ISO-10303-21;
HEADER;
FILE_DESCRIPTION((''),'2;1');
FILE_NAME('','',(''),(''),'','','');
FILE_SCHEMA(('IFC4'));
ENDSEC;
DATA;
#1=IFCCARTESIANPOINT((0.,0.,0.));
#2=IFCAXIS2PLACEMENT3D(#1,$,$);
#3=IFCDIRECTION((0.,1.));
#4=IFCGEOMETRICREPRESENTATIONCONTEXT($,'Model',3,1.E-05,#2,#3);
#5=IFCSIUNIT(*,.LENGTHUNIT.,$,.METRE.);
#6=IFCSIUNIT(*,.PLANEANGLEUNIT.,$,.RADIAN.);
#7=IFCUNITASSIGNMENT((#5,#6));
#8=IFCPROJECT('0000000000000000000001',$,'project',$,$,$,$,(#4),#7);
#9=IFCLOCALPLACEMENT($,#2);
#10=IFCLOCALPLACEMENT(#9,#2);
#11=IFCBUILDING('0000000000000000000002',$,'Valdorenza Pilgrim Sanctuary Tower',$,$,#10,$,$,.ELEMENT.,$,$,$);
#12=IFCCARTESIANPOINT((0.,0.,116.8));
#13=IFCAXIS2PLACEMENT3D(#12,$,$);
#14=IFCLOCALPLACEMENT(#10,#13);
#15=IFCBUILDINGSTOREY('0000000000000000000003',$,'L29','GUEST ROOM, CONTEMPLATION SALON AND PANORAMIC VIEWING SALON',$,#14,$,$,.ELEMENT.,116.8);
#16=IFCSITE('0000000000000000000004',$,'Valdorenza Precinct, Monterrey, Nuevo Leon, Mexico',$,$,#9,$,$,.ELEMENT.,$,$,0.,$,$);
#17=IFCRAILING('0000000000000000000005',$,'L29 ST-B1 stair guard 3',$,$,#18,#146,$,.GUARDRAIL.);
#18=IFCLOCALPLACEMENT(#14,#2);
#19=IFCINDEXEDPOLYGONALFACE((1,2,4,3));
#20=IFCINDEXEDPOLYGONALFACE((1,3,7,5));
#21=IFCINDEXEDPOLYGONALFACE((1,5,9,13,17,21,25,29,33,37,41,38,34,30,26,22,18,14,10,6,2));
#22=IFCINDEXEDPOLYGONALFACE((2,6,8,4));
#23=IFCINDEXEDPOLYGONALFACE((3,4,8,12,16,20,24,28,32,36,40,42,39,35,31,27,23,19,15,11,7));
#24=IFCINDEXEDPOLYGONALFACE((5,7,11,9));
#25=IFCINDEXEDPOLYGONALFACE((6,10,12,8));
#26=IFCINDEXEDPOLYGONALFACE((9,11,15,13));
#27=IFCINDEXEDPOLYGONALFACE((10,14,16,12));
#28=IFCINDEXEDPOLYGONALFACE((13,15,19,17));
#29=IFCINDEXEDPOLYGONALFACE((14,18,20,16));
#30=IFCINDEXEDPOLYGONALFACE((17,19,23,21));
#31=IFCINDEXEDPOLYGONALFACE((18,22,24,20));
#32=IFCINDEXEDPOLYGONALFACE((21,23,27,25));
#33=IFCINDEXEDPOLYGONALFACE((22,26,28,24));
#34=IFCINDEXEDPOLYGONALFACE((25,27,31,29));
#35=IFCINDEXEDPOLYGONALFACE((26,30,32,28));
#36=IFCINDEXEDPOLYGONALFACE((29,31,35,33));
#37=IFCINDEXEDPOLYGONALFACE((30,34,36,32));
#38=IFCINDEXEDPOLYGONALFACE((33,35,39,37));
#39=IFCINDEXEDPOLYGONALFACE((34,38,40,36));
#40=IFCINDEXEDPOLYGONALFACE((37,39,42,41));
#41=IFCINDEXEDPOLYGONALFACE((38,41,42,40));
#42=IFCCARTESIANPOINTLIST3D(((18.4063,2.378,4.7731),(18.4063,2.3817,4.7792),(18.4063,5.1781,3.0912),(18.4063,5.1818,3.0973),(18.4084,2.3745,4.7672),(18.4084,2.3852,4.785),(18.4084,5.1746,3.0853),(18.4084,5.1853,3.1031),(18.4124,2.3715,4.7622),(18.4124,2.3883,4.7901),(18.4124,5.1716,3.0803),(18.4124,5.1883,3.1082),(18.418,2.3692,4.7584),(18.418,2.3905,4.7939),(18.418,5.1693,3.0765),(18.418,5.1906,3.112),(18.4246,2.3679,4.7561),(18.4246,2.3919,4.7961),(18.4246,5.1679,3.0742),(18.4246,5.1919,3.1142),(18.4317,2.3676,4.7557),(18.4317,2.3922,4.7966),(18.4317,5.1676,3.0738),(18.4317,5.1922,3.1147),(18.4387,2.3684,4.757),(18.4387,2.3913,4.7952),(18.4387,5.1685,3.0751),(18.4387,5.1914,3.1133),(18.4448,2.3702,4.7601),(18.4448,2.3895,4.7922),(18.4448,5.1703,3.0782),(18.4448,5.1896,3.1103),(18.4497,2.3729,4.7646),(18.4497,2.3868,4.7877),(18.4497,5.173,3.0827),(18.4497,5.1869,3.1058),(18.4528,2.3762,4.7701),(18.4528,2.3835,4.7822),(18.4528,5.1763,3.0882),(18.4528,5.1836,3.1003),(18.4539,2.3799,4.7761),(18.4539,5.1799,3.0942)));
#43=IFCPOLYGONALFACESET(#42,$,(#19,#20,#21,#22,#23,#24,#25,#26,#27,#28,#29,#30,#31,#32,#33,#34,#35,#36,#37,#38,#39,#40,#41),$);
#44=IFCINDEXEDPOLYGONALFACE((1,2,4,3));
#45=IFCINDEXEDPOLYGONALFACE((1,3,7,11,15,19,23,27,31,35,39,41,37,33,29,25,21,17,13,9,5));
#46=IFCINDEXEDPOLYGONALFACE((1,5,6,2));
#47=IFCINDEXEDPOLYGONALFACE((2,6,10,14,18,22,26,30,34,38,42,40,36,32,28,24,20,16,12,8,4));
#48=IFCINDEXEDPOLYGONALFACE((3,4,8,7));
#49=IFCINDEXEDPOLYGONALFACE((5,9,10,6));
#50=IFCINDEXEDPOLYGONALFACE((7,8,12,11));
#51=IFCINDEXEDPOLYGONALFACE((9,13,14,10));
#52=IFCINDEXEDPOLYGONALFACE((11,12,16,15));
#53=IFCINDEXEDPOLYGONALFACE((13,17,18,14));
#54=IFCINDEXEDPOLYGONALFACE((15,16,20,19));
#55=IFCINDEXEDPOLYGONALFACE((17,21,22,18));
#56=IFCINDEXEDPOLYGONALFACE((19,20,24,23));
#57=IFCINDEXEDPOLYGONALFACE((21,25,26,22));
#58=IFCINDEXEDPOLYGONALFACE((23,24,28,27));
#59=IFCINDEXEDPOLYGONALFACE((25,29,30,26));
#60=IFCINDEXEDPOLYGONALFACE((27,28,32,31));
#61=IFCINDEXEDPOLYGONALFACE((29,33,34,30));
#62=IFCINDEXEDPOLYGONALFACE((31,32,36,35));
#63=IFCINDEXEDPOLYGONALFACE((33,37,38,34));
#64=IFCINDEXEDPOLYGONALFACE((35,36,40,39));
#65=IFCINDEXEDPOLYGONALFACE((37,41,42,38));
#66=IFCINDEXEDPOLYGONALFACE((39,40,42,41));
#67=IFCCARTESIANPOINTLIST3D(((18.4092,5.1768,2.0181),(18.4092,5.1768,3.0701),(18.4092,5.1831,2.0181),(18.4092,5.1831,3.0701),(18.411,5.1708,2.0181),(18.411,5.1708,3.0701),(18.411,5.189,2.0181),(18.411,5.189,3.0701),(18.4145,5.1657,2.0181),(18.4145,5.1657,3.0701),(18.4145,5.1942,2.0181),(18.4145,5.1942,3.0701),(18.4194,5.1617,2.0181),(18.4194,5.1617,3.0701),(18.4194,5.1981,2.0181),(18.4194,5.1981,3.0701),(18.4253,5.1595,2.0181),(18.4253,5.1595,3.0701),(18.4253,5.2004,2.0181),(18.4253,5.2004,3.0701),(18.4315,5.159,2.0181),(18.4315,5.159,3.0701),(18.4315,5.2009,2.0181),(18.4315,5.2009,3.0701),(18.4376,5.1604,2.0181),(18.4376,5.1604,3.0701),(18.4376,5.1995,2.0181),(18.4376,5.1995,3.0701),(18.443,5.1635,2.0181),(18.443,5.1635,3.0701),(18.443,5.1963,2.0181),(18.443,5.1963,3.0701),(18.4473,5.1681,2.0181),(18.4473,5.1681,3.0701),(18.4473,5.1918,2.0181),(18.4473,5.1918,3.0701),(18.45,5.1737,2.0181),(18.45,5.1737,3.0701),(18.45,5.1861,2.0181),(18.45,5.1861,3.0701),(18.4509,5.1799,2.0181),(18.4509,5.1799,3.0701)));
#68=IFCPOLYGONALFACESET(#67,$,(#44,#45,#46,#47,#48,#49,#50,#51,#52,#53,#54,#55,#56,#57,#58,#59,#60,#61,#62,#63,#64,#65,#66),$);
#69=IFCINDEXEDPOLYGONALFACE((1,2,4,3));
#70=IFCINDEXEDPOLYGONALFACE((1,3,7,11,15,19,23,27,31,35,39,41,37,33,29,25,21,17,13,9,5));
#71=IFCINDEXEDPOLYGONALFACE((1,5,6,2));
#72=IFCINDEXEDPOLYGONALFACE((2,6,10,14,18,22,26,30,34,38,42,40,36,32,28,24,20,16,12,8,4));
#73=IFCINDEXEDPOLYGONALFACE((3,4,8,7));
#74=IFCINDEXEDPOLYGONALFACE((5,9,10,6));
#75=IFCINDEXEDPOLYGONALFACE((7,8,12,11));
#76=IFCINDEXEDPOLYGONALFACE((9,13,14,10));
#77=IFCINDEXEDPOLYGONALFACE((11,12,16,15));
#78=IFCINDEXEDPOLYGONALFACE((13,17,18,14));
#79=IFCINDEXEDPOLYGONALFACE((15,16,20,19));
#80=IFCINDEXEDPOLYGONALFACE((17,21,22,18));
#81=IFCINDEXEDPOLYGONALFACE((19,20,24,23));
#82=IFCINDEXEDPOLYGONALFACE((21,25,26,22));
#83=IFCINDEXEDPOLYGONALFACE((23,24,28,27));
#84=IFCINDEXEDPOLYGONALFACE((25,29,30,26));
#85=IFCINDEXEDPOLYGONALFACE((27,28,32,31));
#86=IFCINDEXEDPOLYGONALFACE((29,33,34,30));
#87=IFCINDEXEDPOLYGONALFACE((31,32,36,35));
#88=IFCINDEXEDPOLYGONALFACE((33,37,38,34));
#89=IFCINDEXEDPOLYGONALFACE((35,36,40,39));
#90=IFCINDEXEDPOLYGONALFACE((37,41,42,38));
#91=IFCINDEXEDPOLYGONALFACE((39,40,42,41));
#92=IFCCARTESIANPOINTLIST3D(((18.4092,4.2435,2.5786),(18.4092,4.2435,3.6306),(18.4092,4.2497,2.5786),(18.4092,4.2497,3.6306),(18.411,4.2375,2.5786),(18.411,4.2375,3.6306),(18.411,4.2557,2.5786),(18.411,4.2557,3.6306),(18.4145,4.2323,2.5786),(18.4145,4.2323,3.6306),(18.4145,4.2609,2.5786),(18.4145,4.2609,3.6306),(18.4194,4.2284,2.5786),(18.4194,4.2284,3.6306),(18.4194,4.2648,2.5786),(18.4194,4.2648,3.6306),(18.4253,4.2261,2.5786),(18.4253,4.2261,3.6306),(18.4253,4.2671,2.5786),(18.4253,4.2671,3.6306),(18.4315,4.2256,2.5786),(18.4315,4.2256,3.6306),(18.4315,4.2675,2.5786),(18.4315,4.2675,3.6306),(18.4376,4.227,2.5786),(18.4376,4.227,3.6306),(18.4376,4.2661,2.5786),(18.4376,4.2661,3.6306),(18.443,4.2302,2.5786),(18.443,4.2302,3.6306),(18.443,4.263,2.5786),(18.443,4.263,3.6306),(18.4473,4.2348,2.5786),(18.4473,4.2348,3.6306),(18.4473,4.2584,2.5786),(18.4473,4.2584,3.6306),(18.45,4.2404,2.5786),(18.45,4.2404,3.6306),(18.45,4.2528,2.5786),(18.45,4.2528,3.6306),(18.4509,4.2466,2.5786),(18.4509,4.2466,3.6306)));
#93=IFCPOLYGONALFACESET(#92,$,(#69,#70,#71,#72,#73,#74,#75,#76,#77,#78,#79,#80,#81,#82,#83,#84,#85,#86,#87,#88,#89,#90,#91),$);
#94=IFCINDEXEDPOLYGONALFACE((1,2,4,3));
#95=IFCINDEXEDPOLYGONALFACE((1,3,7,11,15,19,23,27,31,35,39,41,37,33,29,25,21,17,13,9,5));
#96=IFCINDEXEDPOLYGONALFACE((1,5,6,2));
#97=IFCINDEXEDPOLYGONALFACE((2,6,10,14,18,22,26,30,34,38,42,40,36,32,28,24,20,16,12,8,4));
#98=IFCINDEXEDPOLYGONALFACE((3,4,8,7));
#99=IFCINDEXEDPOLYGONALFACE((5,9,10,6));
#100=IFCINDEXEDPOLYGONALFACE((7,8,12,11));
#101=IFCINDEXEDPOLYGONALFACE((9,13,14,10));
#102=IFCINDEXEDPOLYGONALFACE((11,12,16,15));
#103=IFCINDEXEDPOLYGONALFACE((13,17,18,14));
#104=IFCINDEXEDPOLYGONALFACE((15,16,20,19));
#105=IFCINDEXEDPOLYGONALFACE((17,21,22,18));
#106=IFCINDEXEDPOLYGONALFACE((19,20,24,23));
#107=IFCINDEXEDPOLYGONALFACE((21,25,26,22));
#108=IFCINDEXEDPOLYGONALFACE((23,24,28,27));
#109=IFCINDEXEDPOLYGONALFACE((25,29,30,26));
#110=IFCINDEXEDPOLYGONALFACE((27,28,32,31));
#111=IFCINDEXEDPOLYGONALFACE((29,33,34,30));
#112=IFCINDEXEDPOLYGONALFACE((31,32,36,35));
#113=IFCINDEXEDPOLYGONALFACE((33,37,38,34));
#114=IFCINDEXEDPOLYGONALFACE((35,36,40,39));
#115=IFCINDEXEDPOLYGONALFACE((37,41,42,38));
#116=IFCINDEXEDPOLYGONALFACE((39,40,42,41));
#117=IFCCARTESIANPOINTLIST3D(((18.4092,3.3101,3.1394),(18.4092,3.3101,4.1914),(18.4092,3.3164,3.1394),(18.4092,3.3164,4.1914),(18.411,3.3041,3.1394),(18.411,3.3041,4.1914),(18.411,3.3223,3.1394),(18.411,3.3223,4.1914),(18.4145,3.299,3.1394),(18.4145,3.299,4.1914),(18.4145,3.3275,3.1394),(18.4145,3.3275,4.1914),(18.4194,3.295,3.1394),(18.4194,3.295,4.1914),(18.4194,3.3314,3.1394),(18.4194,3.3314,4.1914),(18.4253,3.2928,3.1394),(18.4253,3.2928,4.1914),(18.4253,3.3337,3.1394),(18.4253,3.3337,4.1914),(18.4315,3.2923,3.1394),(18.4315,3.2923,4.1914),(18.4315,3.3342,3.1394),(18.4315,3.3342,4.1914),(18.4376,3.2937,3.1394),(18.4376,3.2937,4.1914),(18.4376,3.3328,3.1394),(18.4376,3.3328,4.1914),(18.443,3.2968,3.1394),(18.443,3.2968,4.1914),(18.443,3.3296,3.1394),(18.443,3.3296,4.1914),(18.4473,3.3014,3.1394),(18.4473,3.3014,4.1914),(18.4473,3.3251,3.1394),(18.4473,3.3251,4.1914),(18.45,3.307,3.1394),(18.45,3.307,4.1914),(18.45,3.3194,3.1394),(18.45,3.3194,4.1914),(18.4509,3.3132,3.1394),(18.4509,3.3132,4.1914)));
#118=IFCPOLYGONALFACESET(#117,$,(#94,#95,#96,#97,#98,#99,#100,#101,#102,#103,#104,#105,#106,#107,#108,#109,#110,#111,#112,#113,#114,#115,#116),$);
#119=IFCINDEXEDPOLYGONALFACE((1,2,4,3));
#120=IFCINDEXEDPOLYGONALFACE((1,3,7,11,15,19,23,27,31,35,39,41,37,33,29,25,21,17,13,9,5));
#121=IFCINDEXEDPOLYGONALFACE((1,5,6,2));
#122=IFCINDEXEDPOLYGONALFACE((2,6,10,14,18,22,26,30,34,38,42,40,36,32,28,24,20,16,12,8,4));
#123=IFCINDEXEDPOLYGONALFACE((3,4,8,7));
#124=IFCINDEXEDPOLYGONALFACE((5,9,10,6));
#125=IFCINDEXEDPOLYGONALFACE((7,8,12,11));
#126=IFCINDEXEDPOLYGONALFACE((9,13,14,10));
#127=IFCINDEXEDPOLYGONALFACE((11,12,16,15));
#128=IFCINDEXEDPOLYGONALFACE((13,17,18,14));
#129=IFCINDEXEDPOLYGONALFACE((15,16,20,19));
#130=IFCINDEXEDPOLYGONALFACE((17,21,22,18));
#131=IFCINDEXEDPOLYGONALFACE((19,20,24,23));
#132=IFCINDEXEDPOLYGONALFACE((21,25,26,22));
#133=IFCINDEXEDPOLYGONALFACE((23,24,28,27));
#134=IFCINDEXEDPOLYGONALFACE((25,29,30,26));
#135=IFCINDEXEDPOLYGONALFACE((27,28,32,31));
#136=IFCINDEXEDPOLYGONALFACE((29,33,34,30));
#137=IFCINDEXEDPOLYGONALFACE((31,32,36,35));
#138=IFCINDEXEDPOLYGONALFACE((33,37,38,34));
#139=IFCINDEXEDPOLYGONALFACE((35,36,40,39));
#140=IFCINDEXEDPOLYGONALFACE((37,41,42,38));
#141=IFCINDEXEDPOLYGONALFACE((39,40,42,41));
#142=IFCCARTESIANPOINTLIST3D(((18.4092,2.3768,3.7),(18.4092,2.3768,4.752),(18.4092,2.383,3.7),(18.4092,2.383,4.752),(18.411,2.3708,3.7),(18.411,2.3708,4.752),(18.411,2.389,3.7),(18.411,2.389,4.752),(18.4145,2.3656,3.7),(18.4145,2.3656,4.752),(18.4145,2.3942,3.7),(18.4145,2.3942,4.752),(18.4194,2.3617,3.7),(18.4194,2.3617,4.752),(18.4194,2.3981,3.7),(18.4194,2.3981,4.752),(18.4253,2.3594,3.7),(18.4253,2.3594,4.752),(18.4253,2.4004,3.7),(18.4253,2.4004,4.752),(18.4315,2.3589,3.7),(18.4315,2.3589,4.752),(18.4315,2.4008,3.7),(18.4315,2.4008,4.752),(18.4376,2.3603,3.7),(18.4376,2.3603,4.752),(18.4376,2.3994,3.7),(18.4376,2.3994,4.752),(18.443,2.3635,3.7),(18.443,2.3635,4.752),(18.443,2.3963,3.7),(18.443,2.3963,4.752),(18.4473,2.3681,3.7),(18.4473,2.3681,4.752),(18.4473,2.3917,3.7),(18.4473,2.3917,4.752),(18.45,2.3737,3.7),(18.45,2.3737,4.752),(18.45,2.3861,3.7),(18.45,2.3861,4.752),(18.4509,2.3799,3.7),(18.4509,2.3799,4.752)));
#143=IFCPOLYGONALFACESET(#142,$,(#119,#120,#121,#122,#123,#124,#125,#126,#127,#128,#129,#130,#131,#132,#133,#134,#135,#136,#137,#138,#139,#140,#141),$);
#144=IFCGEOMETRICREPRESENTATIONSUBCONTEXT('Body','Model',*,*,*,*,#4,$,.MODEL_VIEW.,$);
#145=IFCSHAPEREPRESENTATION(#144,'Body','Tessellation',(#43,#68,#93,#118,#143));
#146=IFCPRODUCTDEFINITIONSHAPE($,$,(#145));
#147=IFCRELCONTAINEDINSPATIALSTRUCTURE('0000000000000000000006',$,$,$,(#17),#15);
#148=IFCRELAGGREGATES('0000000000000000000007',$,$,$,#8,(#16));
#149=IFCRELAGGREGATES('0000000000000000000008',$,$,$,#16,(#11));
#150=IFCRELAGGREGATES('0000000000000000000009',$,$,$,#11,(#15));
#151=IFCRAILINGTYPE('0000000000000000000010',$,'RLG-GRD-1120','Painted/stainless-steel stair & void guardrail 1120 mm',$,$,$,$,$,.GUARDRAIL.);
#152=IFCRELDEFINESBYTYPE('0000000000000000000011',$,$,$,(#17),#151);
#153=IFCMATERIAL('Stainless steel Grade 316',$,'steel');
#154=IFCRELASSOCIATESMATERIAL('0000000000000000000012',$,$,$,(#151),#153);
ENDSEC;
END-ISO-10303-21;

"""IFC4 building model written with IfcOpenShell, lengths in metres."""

from ifc_helpers import new_model, si_unit, direction, frame, origin, origin_2d, place, context, subcontext, project, spatial, circle, extrude, material, type_object, element, save


model = new_model("IFC4")

# Units and contexts
model_context = context("Model", 3, precision=1e-05, world=origin(), true_north=direction((0.0, 1.0)))
body_context = subcontext(model_context, "Body", "Model", "MODEL_VIEW")
ifc_project = project(units=[si_unit("LENGTHUNIT", "METRE"), si_unit("PLANEANGLEUNIT", "RADIAN")], contexts=[model_context])

# Site, building, storey
site_placement = place(None, origin())
site = spatial("IfcSite", under=ifc_project, at=site_placement, Name="Valdorenza Precinct, Monterrey, Nuevo Leon, Mexico", CompositionType="ELEMENT", RefElevation=0.0)
building_placement = place(site_placement, origin())
building = spatial("IfcBuilding", under=site, at=building_placement, Name="Valdorenza Pilgrim Sanctuary Tower", CompositionType="ELEMENT")
storey_placement = place(building_placement, frame((0.0, 0.0, 116.8)))
storey = spatial("IfcBuildingStorey", under=building, at=storey_placement, Name="L29", Description="GUEST ROOM, CONTEMPLATION SALON AND PANORAMIC VIEWING SALON", CompositionType="ELEMENT", Elevation=116.8)

# Railing
ifc_material_1 = material(Name="Stainless steel Grade 316", Category="steel")
railing_type_1 = type_object("IfcRailingType", Name="RLG-GRD-1120", Description="Painted/stainless-steel stair & void guardrail 1120 mm", PredefinedType="GUARDRAIL", material=ifc_material_1)
railing_1_placement = place(storey_placement, frame((18.4299, 5.1799, 2.0181)))
element("IfcRailing", 1, at=railing_1_placement, inside=storey, type_object=railing_type_1, Name="L29 ST-B1 stair guard 3", PredefinedType="GUARDRAIL", context=body_context, shape_type="SweptSolid", body=[
    extrude(circle(Radius=0.0239, at=origin_2d()), frame((0.0, 0.0, 1.0762), z_axis=(0.0, -0.857242, 0.514913), x_axis=(1.0, 0.0, 0.0)), (0.0, 0.0, 1.0), 3.2664),
    extrude(circle(Radius=0.021, at=origin_2d()), origin(), (0.0, 0.0, 1.0), 1.052),
    extrude(circle(Radius=0.021, at=origin_2d()), frame((0.0, -0.9333, 0.5605)), (0.0, 0.0, 1.0), 1.052),
    extrude(circle(Radius=0.021, at=origin_2d()), frame((0.0, -1.8667, 1.1213)), (0.0, 0.0, 1.0), 1.052),
    extrude(circle(Radius=0.021, at=origin_2d()), frame((0.0, -2.8, 1.6819)), (0.0, 0.0, 1.0), 1.052),
])

save(model, "model.ifc")
